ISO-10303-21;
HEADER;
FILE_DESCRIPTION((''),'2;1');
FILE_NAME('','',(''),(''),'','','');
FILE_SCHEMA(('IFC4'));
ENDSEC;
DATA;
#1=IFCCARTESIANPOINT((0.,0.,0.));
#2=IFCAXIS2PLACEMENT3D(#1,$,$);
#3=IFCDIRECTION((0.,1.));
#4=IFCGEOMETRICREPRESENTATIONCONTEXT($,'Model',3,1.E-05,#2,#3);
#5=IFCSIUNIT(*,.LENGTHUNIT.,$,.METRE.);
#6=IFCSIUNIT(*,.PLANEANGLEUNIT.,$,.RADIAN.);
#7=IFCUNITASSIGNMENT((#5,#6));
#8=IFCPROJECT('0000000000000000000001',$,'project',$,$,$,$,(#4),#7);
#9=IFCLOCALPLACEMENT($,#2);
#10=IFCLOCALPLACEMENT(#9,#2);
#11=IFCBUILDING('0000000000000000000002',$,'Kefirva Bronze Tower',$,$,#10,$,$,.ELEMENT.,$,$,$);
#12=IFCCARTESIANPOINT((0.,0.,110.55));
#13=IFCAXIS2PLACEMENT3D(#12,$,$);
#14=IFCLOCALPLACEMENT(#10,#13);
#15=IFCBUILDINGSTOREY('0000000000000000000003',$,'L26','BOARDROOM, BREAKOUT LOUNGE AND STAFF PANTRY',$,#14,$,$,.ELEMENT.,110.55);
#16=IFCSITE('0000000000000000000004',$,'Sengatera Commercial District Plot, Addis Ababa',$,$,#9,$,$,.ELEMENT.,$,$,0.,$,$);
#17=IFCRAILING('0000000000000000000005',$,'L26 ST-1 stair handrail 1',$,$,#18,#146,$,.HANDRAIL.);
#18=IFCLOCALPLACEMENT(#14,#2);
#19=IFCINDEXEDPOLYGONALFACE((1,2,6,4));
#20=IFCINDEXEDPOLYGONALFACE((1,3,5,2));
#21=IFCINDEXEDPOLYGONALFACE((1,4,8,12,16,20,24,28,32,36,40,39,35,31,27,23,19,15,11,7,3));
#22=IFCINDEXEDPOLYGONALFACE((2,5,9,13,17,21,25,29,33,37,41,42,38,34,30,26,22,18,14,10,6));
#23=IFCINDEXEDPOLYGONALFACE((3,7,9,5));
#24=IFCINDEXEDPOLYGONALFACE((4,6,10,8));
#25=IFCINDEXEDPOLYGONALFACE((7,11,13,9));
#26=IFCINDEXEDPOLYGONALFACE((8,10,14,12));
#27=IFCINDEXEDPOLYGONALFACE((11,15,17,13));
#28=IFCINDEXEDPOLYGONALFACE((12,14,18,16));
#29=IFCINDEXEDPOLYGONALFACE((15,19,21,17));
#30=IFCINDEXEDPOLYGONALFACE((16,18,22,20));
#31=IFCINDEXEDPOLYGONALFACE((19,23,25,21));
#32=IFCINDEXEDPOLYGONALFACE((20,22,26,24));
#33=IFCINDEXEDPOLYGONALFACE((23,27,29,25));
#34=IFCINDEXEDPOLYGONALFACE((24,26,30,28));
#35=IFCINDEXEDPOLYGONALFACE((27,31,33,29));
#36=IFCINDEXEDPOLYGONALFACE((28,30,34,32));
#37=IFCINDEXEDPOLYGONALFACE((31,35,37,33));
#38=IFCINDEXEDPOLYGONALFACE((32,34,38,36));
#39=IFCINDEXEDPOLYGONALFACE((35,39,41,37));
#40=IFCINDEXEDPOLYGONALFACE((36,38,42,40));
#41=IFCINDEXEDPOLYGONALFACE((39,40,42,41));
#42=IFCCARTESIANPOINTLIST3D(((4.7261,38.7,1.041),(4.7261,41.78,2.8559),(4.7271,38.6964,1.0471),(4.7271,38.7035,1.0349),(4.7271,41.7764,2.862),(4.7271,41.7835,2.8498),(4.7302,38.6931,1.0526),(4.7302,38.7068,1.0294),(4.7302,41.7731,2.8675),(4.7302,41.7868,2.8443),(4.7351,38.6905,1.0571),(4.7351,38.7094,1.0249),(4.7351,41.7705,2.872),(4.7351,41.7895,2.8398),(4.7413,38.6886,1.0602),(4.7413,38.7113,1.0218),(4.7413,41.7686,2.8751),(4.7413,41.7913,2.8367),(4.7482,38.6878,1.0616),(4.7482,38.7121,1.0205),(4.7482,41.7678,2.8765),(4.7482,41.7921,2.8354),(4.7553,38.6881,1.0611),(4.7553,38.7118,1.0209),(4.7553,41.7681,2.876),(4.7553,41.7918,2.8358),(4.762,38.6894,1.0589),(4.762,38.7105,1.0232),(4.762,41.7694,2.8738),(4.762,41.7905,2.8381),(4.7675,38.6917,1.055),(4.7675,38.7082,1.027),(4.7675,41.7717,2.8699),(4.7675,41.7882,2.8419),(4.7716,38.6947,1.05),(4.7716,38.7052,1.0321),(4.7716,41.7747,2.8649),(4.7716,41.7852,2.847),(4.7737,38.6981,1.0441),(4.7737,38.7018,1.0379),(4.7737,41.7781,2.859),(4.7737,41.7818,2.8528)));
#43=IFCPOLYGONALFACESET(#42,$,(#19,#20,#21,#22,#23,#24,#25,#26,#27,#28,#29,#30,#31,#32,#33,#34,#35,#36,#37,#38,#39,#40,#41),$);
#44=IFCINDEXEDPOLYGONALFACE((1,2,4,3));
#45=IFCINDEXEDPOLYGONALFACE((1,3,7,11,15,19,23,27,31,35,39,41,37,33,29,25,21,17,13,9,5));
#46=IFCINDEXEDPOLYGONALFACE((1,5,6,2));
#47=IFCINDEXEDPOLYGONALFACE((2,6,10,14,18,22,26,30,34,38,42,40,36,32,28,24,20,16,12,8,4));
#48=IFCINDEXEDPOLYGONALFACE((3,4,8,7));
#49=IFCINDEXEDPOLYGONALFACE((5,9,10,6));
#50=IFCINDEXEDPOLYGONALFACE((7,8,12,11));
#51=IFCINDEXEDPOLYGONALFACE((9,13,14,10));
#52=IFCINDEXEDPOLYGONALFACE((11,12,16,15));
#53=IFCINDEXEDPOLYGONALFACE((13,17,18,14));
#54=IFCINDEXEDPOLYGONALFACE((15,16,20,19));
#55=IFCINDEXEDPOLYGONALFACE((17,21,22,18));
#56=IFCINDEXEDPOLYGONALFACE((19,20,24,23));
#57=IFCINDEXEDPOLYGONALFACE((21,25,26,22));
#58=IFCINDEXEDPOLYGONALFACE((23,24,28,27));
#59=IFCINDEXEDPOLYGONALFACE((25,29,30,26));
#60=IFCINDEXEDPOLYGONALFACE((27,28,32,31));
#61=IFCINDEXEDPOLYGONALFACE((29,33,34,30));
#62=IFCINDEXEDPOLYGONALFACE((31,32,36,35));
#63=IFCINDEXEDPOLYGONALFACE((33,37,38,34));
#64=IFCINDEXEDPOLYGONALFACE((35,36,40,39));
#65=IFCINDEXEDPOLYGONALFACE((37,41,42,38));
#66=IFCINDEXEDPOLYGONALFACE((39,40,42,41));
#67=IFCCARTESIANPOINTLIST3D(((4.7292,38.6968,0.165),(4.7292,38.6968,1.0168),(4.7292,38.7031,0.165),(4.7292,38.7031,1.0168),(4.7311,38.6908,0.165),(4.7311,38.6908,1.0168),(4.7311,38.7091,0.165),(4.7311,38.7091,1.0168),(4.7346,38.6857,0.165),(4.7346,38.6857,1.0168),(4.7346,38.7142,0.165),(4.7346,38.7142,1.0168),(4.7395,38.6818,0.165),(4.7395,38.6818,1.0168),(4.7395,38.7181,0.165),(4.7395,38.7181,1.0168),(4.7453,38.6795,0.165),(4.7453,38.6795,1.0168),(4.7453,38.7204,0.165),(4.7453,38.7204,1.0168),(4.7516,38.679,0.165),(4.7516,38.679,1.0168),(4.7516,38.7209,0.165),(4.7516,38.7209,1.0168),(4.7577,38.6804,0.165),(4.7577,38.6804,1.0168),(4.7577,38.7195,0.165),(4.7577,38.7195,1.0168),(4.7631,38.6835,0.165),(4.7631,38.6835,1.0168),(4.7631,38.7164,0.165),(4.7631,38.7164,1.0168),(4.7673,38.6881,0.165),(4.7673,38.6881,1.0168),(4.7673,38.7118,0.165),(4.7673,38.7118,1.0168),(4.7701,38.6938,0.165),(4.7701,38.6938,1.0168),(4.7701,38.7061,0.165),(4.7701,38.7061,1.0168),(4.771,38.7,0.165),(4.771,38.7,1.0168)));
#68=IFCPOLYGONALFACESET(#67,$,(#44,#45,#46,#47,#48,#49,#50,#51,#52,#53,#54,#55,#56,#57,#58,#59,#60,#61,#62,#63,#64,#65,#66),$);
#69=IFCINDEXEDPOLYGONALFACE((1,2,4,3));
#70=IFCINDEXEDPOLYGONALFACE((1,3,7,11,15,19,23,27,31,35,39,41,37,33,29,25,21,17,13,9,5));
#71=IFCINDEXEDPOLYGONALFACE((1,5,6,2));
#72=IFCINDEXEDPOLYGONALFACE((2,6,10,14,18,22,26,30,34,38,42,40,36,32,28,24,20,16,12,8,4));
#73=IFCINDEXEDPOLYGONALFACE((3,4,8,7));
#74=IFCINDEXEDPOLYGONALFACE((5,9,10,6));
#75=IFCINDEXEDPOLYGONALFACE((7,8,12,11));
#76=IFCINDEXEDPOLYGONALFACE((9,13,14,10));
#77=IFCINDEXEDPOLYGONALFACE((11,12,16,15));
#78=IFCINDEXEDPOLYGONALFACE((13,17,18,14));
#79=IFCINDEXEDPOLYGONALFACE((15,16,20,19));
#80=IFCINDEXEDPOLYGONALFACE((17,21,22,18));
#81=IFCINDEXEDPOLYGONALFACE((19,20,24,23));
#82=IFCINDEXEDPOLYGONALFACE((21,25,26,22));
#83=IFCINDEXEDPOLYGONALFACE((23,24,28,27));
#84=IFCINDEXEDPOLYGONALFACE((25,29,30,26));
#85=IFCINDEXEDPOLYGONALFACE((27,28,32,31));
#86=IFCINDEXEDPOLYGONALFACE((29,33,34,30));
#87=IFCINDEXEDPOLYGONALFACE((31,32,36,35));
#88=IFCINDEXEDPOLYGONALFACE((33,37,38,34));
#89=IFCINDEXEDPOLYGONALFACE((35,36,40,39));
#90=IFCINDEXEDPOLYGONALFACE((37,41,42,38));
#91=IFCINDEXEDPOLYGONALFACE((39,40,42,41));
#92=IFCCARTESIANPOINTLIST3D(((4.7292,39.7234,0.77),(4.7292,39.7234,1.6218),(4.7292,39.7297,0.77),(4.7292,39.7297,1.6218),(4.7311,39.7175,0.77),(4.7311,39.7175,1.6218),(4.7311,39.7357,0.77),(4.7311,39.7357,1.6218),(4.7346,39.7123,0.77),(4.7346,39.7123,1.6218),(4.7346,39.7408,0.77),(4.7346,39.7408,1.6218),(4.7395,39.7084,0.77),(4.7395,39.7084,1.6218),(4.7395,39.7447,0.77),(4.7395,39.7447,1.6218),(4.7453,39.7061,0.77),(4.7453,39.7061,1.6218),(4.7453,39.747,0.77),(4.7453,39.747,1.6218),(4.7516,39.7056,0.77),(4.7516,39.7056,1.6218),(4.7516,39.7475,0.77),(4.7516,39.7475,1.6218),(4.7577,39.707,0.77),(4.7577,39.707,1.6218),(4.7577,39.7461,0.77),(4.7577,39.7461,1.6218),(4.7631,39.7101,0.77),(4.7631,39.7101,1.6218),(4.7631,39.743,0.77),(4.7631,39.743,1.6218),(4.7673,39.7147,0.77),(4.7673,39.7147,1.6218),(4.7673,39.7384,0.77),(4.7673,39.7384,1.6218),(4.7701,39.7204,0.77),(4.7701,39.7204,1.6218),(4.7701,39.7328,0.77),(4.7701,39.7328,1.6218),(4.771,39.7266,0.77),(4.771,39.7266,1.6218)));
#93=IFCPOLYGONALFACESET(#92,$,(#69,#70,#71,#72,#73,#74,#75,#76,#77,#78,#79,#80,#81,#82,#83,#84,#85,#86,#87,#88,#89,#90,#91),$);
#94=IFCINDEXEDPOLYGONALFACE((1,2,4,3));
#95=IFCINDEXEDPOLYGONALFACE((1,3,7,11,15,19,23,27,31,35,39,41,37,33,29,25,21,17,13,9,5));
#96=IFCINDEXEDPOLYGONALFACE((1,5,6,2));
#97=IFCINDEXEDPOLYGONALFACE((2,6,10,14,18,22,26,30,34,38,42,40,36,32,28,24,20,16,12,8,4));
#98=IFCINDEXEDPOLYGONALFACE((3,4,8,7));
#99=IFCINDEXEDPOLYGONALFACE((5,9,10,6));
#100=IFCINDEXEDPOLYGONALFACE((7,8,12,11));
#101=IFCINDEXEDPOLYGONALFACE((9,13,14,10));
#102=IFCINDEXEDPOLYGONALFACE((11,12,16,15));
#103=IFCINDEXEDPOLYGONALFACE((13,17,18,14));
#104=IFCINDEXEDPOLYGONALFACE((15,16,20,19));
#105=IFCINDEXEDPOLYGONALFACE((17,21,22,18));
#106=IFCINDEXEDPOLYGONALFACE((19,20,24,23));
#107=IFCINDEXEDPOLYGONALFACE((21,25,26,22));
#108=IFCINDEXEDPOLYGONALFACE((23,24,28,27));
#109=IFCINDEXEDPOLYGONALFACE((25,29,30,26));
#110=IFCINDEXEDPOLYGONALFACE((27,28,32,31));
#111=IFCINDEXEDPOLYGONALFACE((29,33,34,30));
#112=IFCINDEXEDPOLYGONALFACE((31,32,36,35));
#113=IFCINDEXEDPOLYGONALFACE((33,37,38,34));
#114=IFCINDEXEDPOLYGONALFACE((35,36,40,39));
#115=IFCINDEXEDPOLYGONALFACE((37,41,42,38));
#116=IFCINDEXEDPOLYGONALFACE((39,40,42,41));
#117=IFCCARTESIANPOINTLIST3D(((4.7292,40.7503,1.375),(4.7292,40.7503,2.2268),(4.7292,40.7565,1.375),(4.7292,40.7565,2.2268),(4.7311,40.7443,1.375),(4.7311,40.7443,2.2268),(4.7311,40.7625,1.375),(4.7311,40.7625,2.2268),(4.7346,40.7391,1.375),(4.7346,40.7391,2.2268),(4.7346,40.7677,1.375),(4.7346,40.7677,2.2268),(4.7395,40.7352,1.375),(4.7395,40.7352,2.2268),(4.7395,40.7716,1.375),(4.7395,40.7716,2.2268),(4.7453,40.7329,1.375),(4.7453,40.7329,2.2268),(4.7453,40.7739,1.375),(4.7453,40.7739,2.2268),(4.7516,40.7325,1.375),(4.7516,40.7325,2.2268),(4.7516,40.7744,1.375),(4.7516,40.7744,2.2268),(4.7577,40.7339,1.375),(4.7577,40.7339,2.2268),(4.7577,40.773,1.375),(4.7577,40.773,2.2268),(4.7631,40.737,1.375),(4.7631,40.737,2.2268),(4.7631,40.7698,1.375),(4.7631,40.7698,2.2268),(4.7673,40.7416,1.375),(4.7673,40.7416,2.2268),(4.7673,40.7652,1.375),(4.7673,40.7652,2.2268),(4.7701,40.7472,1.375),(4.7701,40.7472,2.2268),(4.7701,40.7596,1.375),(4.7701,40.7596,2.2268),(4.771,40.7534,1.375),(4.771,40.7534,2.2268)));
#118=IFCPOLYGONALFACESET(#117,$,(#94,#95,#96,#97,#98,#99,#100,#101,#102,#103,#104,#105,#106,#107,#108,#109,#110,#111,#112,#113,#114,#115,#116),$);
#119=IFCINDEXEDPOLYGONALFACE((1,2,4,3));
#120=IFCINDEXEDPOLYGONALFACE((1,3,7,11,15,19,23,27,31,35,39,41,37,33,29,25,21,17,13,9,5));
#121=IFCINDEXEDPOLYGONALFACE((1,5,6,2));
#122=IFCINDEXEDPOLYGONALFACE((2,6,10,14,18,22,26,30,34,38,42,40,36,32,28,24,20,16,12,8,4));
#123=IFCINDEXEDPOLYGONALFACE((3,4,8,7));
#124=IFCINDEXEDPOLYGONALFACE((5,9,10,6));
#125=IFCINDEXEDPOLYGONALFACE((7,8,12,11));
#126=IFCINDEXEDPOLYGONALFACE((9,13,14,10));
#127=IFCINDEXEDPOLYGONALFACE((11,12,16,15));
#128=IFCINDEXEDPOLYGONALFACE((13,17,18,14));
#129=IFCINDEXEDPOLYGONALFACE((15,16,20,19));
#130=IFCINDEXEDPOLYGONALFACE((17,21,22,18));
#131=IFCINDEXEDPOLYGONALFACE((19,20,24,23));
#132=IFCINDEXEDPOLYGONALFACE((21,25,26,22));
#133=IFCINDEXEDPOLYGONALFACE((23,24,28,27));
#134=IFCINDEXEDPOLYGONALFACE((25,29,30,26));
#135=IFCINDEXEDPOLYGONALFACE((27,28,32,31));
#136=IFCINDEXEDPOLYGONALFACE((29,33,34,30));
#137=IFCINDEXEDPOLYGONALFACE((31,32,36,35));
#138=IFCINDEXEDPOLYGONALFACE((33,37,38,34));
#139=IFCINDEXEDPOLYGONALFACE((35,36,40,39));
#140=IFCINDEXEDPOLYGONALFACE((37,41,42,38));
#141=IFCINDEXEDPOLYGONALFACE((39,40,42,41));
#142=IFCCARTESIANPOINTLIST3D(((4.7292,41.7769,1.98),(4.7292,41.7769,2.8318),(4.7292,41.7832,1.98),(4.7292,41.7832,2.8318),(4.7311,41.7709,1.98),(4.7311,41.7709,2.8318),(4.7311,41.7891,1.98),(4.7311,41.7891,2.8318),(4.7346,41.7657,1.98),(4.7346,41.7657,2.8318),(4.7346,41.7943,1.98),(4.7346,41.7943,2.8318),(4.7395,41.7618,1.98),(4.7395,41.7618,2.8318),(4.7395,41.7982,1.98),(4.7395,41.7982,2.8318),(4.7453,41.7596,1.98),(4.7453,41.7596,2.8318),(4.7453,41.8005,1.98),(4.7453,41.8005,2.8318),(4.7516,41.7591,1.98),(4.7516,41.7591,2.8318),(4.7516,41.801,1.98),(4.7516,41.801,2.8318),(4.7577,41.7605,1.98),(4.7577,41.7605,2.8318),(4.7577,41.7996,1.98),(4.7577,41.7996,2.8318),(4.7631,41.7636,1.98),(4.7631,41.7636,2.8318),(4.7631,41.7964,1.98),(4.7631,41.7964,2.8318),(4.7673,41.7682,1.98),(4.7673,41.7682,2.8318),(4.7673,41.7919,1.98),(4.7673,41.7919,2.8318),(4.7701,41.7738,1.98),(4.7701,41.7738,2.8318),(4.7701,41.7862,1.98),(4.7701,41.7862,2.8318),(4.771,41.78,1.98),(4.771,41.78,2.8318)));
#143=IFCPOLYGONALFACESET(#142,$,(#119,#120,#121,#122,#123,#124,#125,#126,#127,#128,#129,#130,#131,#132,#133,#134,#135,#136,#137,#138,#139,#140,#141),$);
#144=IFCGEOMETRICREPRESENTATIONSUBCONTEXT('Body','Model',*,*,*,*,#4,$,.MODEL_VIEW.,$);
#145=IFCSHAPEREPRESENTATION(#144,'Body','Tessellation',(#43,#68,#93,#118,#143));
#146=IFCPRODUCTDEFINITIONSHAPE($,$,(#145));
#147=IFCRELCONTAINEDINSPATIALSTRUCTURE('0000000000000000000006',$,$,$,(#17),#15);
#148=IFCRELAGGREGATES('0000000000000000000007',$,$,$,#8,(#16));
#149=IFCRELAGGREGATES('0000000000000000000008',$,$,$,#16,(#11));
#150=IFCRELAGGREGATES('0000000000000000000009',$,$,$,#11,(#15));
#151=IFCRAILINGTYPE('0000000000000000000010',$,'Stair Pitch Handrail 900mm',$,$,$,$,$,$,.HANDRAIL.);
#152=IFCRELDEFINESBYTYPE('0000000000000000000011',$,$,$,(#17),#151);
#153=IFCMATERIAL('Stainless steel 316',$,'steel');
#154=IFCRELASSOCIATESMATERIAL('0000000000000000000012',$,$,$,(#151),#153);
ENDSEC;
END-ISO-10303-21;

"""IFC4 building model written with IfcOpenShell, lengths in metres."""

from ifc_helpers import new_model, si_unit, direction, frame, origin, origin_2d, place, context, subcontext, project, spatial, circle, extrude, material, type_object, element, save


model = new_model("IFC4")

# Units and contexts
model_context = context("Model", 3, precision=1e-05, world=origin(), true_north=direction((0.0, 1.0)))
body_context = subcontext(model_context, "Body", "Model", "MODEL_VIEW")
ifc_project = project(units=[si_unit("LENGTHUNIT", "METRE"), si_unit("PLANEANGLEUNIT", "RADIAN")], contexts=[model_context])

# Site, building, storey
site_placement = place(None, origin())
site = spatial("IfcSite", under=ifc_project, at=site_placement, Name="Sengatera Commercial District Plot, Addis Ababa", CompositionType="ELEMENT", RefElevation=0.0)
building_placement = place(site_placement, origin())
building = spatial("IfcBuilding", under=site, at=building_placement, Name="Kefirva Bronze Tower", CompositionType="ELEMENT")
storey_placement = place(building_placement, frame((0.0, 0.0, 110.55)))
storey = spatial("IfcBuildingStorey", under=building, at=storey_placement, Name="L26", Description="BOARDROOM, BREAKOUT LOUNGE AND STAFF PANTRY", CompositionType="ELEMENT", Elevation=110.55)

# Shared definitions
ifc_material_1 = material(Name="Stainless steel 316", Category="steel")

# Railing
railing_type_1 = type_object("IfcRailingType", Name="Stair Pitch Handrail 900mm", PredefinedType="HANDRAIL", material=ifc_material_1)
railing_1_placement = place(storey_placement, frame((4.75, 38.7, 0.165)))
element("IfcRailing", 1, at=railing_1_placement, inside=storey, type_object=railing_type_1, Name="L26 ST-1 stair handrail 1", PredefinedType="HANDRAIL", context=body_context, shape_type="SweptSolid", body=[
    extrude(circle(Radius=0.0239, at=origin_2d()), frame((0.0, 0.0, 0.876), z_axis=(0.0, 0.861551, 0.507671), x_axis=(-1.0, 0.0, 0.0)), (0.0, 0.0, 1.0), 3.575),
    extrude(circle(Radius=0.021, at=origin_2d()), origin(), (0.0, 0.0, 1.0), 0.8518),
    extrude(circle(Radius=0.021, at=origin_2d()), frame((0.0, 1.0266, 0.605)), (0.0, 0.0, 1.0), 0.8518),
    extrude(circle(Radius=0.021, at=origin_2d()), frame((0.0, 2.0535, 1.21)), (0.0, 0.0, 1.0), 0.8518),
    extrude(circle(Radius=0.021, at=origin_2d()), frame((0.0, 3.0801, 1.8149)), (0.0, 0.0, 1.0), 0.8518),
])

save(model, "model.ifc")
